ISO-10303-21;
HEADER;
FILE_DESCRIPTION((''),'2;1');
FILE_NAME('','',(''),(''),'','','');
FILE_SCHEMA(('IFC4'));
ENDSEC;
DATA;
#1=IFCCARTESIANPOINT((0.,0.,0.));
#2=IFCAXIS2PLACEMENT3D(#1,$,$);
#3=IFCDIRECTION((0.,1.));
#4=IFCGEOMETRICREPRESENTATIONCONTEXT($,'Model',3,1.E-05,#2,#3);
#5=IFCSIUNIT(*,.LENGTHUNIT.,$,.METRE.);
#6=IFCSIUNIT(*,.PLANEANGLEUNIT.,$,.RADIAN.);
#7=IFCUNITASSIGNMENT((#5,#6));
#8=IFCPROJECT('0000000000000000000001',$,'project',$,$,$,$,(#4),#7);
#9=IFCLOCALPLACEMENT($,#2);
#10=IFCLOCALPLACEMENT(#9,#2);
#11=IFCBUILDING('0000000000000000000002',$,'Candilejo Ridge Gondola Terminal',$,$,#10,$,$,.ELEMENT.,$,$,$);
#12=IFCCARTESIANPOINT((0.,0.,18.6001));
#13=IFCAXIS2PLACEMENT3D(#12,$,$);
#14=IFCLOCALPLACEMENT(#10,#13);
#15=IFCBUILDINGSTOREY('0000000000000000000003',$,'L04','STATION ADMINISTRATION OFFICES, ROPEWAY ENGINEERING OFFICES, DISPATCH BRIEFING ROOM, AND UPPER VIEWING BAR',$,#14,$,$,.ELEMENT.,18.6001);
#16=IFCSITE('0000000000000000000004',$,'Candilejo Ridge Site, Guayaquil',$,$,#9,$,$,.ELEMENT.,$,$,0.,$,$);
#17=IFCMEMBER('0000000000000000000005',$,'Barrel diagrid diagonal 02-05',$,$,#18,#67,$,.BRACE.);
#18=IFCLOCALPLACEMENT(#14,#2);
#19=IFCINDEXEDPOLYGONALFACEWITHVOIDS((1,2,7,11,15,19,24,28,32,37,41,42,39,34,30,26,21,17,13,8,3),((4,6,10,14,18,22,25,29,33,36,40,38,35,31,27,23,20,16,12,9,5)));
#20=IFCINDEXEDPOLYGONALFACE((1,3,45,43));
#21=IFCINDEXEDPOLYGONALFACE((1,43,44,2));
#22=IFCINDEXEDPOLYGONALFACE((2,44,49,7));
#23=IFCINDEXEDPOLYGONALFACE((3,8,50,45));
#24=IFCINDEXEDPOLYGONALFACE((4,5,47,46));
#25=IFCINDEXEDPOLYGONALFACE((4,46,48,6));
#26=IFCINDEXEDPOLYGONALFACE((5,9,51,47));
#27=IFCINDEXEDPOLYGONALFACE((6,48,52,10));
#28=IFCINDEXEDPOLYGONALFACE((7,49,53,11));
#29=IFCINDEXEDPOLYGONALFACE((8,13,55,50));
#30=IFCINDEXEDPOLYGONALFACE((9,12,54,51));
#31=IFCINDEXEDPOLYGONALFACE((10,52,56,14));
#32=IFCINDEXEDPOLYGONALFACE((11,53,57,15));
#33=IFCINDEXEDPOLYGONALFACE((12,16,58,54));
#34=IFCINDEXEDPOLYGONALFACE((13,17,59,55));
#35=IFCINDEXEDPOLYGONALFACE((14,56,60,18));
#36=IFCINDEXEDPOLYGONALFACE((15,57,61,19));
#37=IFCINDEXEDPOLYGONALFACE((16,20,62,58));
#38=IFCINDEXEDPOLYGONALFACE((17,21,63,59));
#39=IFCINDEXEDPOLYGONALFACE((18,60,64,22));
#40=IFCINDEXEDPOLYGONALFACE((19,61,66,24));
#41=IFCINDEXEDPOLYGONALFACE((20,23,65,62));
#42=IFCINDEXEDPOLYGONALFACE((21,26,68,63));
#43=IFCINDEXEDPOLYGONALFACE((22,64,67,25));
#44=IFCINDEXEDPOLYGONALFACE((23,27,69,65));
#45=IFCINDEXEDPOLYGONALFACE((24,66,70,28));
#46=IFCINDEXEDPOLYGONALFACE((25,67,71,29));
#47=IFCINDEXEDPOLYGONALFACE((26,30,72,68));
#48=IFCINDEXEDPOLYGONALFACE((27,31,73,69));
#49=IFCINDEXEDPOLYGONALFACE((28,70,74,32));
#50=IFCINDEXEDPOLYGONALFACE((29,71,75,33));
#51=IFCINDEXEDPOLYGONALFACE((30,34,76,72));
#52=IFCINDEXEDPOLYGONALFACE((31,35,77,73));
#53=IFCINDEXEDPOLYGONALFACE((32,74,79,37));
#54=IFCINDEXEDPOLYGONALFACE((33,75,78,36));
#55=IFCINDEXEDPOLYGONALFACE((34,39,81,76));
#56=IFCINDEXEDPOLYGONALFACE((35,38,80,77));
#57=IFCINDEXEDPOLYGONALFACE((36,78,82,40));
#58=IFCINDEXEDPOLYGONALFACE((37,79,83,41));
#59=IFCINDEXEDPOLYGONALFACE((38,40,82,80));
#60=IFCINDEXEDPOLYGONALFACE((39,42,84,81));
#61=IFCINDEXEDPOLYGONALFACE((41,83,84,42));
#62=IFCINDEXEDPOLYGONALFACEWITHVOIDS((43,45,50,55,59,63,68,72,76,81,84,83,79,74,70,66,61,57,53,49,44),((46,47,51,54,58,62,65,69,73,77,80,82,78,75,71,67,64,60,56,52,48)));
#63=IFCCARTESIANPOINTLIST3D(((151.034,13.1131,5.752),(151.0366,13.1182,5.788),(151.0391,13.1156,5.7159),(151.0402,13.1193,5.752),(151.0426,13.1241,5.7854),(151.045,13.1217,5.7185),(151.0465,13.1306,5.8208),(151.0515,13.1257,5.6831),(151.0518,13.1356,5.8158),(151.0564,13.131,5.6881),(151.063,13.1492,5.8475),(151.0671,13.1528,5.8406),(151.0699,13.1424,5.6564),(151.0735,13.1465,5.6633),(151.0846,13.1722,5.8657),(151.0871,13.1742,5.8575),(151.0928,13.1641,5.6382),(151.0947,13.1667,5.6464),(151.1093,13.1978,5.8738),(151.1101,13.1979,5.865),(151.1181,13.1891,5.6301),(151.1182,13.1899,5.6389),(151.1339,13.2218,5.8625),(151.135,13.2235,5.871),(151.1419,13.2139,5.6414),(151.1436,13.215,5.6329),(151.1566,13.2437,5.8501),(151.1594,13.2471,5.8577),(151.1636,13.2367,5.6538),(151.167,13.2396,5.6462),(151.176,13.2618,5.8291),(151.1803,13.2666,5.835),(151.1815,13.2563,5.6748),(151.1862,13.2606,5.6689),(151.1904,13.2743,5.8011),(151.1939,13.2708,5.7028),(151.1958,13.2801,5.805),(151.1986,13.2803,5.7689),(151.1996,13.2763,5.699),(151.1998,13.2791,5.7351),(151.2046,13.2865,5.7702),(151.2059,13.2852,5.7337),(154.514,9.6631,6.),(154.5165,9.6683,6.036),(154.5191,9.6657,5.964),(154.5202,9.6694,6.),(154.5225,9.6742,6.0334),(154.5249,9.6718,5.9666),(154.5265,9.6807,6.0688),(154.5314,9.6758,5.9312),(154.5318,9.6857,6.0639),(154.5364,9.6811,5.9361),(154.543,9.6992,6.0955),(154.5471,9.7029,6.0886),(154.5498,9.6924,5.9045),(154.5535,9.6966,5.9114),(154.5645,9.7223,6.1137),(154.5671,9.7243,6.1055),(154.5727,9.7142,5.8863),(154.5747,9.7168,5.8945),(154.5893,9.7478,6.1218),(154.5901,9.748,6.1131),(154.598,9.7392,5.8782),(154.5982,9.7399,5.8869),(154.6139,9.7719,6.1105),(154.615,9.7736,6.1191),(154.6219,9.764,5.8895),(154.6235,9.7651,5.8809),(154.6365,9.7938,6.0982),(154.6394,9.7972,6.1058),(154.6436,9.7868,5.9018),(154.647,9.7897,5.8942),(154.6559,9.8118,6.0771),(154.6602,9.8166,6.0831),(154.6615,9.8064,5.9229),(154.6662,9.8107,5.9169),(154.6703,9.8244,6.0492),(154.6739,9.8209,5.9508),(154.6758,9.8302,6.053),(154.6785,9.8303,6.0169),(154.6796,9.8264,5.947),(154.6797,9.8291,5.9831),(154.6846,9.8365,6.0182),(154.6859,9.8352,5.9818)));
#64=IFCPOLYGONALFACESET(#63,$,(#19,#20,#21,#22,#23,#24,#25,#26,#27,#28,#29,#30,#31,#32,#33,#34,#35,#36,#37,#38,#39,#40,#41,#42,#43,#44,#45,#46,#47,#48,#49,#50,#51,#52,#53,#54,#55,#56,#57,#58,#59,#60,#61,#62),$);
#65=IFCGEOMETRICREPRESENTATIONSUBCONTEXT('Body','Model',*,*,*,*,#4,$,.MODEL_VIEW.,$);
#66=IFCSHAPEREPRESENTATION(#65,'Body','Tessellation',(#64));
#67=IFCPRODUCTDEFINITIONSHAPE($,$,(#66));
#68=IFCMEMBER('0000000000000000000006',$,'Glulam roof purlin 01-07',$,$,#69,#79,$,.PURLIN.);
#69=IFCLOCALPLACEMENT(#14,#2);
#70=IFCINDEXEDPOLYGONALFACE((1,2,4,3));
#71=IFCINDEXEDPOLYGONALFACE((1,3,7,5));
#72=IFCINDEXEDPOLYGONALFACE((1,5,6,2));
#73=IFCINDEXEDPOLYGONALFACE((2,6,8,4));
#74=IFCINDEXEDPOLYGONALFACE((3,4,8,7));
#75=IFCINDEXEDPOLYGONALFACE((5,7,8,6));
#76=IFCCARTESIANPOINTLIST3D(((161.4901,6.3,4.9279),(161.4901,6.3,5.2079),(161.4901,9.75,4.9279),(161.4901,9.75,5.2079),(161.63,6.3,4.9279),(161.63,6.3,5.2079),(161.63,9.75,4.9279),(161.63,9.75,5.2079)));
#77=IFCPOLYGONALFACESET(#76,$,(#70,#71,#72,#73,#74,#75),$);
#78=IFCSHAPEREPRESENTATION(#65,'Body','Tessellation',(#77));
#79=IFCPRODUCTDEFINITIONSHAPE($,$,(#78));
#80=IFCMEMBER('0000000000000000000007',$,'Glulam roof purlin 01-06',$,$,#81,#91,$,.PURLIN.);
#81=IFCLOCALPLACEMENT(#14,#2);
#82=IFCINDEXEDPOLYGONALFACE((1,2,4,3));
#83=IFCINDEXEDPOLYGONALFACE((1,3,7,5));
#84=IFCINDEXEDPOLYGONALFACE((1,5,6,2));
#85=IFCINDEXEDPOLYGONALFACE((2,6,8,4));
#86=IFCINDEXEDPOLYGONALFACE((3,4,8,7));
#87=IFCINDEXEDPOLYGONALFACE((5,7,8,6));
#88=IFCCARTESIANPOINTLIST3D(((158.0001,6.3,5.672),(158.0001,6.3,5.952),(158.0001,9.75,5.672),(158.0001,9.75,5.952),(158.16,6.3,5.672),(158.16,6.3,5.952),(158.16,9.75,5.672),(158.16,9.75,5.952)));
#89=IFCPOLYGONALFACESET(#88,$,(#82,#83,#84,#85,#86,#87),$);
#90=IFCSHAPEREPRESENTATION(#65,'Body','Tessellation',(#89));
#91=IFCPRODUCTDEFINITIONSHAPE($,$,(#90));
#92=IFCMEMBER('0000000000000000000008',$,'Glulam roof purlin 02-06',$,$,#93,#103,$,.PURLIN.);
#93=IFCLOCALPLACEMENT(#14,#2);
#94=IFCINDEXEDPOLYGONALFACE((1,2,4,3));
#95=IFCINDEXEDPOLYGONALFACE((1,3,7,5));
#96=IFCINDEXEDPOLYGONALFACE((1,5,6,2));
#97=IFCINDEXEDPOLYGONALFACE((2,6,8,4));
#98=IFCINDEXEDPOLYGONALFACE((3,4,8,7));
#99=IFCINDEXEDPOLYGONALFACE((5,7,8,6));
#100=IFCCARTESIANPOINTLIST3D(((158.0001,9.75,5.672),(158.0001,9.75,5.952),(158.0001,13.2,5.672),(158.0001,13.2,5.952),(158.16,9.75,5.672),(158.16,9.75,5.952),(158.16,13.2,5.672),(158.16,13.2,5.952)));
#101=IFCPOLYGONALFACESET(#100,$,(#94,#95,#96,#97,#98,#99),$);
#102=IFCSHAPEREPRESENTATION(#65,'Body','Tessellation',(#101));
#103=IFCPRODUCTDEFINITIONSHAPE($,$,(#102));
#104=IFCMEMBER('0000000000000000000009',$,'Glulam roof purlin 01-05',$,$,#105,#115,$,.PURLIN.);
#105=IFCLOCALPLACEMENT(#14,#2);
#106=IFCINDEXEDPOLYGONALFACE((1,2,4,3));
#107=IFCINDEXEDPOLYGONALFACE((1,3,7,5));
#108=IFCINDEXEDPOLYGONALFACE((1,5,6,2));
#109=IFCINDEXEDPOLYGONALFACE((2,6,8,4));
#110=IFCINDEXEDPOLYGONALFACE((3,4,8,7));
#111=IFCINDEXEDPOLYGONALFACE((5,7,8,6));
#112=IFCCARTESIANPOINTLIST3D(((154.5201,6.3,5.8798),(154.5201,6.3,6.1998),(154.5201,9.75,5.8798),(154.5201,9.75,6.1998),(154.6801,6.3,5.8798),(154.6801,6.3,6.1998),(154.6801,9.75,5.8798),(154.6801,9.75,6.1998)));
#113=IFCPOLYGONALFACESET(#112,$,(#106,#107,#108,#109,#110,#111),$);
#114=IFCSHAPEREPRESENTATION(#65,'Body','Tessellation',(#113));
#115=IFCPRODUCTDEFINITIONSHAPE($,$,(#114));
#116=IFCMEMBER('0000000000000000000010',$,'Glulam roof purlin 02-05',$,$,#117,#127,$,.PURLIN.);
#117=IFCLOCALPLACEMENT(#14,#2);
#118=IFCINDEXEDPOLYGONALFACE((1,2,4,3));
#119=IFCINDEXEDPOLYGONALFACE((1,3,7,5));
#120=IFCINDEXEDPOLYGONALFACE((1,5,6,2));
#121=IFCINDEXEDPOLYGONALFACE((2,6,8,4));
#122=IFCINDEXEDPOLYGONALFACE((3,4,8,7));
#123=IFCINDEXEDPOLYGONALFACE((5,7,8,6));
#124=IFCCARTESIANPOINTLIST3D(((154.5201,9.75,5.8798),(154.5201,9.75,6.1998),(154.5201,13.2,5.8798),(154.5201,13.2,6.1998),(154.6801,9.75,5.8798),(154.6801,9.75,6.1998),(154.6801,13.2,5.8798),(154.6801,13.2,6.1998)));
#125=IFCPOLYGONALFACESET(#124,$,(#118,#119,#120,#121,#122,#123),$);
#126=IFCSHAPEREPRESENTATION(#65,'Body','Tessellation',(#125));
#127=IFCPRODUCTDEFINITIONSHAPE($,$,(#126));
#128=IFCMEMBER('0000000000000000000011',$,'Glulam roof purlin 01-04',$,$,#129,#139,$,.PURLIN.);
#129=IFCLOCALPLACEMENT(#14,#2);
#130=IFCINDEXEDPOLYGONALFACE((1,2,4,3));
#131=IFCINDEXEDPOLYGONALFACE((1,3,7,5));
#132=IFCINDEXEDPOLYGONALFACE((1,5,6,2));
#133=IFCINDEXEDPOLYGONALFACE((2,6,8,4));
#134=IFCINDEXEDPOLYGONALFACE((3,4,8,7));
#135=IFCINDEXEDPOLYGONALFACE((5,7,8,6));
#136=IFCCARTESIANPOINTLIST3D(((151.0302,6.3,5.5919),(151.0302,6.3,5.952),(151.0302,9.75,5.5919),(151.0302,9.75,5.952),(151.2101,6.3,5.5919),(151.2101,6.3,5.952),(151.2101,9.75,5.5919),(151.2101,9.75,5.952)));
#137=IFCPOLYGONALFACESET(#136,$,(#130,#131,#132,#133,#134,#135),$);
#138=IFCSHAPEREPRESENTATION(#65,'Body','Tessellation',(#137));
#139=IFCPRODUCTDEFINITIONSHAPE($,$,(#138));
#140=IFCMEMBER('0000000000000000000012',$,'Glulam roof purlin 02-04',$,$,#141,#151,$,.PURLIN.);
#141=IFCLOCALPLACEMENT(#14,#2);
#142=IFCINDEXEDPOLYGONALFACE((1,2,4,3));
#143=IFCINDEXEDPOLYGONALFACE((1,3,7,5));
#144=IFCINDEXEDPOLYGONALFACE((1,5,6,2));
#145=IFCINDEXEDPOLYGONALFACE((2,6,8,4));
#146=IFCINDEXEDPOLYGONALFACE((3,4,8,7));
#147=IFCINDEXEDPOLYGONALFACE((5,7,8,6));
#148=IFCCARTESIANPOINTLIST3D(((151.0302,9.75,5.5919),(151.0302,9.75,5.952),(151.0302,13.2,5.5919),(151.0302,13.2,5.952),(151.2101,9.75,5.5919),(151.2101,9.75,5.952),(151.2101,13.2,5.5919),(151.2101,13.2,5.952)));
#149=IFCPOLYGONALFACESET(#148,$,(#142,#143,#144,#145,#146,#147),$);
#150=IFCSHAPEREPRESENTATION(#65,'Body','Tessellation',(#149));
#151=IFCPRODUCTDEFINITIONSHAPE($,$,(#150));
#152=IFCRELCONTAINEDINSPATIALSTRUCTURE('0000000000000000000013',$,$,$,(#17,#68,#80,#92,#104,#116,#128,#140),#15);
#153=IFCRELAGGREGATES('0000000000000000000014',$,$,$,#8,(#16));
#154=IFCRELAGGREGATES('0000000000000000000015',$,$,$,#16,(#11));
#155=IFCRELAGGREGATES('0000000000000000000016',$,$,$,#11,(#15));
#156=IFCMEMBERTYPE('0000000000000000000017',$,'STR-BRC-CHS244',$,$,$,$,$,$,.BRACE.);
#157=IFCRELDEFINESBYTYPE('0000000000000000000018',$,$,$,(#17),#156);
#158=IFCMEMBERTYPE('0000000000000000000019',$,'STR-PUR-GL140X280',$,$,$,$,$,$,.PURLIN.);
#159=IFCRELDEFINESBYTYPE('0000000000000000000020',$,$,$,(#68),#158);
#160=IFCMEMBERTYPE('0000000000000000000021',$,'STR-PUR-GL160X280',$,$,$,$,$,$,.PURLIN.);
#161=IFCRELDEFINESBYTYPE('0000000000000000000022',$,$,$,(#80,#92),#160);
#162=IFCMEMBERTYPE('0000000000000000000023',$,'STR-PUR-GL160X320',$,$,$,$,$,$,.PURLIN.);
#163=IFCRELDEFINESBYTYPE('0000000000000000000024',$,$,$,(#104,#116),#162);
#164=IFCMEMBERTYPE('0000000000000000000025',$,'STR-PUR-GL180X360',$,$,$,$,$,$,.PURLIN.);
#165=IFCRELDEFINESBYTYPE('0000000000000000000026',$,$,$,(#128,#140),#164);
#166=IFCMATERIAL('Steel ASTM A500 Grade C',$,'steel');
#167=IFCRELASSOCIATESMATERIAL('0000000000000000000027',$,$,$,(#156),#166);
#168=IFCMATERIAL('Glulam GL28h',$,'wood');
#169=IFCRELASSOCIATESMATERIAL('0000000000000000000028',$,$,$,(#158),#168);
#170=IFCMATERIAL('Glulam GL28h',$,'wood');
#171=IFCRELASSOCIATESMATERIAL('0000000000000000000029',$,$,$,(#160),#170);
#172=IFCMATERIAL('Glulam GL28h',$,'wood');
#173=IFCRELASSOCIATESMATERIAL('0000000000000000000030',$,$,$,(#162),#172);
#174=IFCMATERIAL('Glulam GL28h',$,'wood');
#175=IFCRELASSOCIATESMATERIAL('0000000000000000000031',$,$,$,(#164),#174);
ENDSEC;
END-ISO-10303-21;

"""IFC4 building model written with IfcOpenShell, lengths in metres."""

from ifc_helpers import new_model, si_unit, direction, frame, origin, origin_2d, place, context, subcontext, project, spatial, rectangle, hollow_circle, extrude, material, material_profile, profile_set, type_object, element, save


model = new_model("IFC4")

# Units and contexts
model_context = context("Model", 3, precision=1e-05, world=origin(), true_north=direction((0.0, 1.0)))
body_context = subcontext(model_context, "Body", "Model", "MODEL_VIEW")
ifc_project = project(units=[si_unit("LENGTHUNIT", "METRE"), si_unit("PLANEANGLEUNIT", "RADIAN")], contexts=[model_context])

# Site, building, storey
site_placement = place(None, origin())
site = spatial("IfcSite", under=ifc_project, at=site_placement, Name="Candilejo Ridge Site, Guayaquil", CompositionType="ELEMENT", RefElevation=0.0)
building_placement = place(site_placement, origin())
building = spatial("IfcBuilding", under=site, at=building_placement, Name="Candilejo Ridge Gondola Terminal", CompositionType="ELEMENT")
storey_placement = place(building_placement, frame((0.0, 0.0, 18.6001)))
storey = spatial("IfcBuildingStorey", under=building, at=storey_placement, Name="L04", Description="STATION ADMINISTRATION OFFICES, ROPEWAY ENGINEERING OFFICES, DISPATCH BRIEFING ROOM, AND UPPER VIEWING BAR", CompositionType="ELEMENT", Elevation=18.6001)

# Members
ifc_material_1 = material(Name="Steel ASTM A500 Grade C", Category="steel")
ifc_material_profile_1 = material_profile(ifc_material_1, hollow_circle(Radius=0.1223, WallThickness=0.0088, at=origin_2d()))
ifc_profile_set_1 = profile_set([ifc_material_profile_1], Name="Steel ASTM A500 Grade C")
member_type_1 = type_object("IfcMemberType", Name="STR-BRC-CHS244", PredefinedType="BRACE", material=ifc_profile_set_1)
for number, where, z_axis, x_axis, name in (
    (1, (154.6001, 9.75, 6.0), (-0.709256, 0.703136, -0.050555), (-0.704036, -0.710164, 0.0), "Barrel diagrid diagonal 02-05"),
):
    element("IfcMember", number, at=place(storey_placement, frame(where, z_axis=z_axis, x_axis=x_axis)), inside=storey, type_object=member_type_1, Name=name, PredefinedType="BRACE", context=body_context, shape_type="SweptSolid", body=[
        extrude(hollow_circle(Radius=0.1223, WallThickness=0.0088, at=origin_2d()), origin(), (0.0, 0.0, 1.0), 4.9065),
    ])
ifc_material_2 = material(Name="Glulam GL28h", Category="wood")
ifc_material_profile_2 = material_profile(ifc_material_2, rectangle(XDim=0.1399, YDim=0.28, at=origin_2d()))
ifc_profile_set_2 = profile_set([ifc_material_profile_2], Name="Glulam GL28h")
member_type_2 = type_object("IfcMemberType", Name="STR-PUR-GL140X280", PredefinedType="PURLIN", material=ifc_profile_set_2)
member_1_placement = place(storey_placement, frame((161.5601, 6.3, 5.0679), z_axis=(0.0, 1.0, 0.0), x_axis=(-1.0, 0.0, 0.0)))
element("IfcMember", 2, at=member_1_placement, inside=storey, type_object=member_type_2, Name="Glulam roof purlin 01-07", PredefinedType="PURLIN", context=body_context, shape_type="SweptSolid", body=[
    extrude(rectangle(XDim=0.1399, YDim=0.28, at=origin_2d()), origin(), (0.0, 0.0, 1.0), 3.45),
])
ifc_material_3 = material(Name="Glulam GL28h", Category="wood")
ifc_material_profile_3 = material_profile(ifc_material_3, rectangle(XDim=0.1599, YDim=0.28, at=origin_2d()))
ifc_profile_set_3 = profile_set([ifc_material_profile_3], Name="Glulam GL28h")
member_type_3 = type_object("IfcMemberType", Name="STR-PUR-GL160X280", PredefinedType="PURLIN", material=ifc_profile_set_3)
for number, where, z_axis, x_axis, name in (
    (3, (158.0801, 6.3, 5.812), (0.0, 1.0, 0.0), (-1.0, 0.0, 0.0), "Glulam roof purlin 01-06"),
    (4, (158.0801, 9.75, 5.812), (0.0, 1.0, 0.0), (-1.0, 0.0, 0.0), "Glulam roof purlin 02-06"),
):
    element("IfcMember", number, at=place(storey_placement, frame(where, z_axis=z_axis, x_axis=x_axis)), inside=storey, type_object=member_type_3, Name=name, PredefinedType="PURLIN", context=body_context, shape_type="SweptSolid", body=[
        extrude(rectangle(XDim=0.1599, YDim=0.28, at=origin_2d()), origin(), (0.0, 0.0, 1.0), 3.45),
    ])
ifc_material_4 = material(Name="Glulam GL28h", Category="wood")
ifc_material_profile_4 = material_profile(ifc_material_4, rectangle(XDim=0.1599, YDim=0.3201, at=origin_2d()))
ifc_profile_set_4 = profile_set([ifc_material_profile_4], Name="Glulam GL28h")
member_type_4 = type_object("IfcMemberType", Name="STR-PUR-GL160X320", PredefinedType="PURLIN", material=ifc_profile_set_4)
for number, where, z_axis, x_axis, name in (
    (5, (154.6001, 6.3, 6.0398), (0.0, 1.0, 0.0), (-1.0, 0.0, 0.0), "Glulam roof purlin 01-05"),
    (6, (154.6001, 9.75, 6.0398), (0.0, 1.0, 0.0), (-1.0, 0.0, 0.0), "Glulam roof purlin 02-05"),
):
    element("IfcMember", number, at=place(storey_placement, frame(where, z_axis=z_axis, x_axis=x_axis)), inside=storey, type_object=member_type_4, Name=name, PredefinedType="PURLIN", context=body_context, shape_type="SweptSolid", body=[
        extrude(rectangle(XDim=0.1599, YDim=0.3201, at=origin_2d()), origin(), (0.0, 0.0, 1.0), 3.45),
    ])
ifc_material_5 = material(Name="Glulam GL28h", Category="wood")
ifc_material_profile_5 = material_profile(ifc_material_5, rectangle(XDim=0.1799, YDim=0.3601, at=origin_2d()))
ifc_profile_set_5 = profile_set([ifc_material_profile_5], Name="Glulam GL28h")
member_type_5 = type_object("IfcMemberType", Name="STR-PUR-GL180X360", PredefinedType="PURLIN", material=ifc_profile_set_5)
for number, where, z_axis, x_axis, name in (
    (7, (151.1201, 6.3, 5.772), (0.0, 1.0, 0.0), (-1.0, 0.0, 0.0), "Glulam roof purlin 01-04"),
    (8, (151.1201, 9.75, 5.772), (0.0, 1.0, 0.0), (-1.0, 0.0, 0.0), "Glulam roof purlin 02-04"),
):
    element("IfcMember", number, at=place(storey_placement, frame(where, z_axis=z_axis, x_axis=x_axis)), inside=storey, type_object=member_type_5, Name=name, PredefinedType="PURLIN", context=body_context, shape_type="SweptSolid", body=[
        extrude(rectangle(XDim=0.1799, YDim=0.3601, at=origin_2d()), origin(), (0.0, 0.0, 1.0), 3.45),
    ])

save(model, "model.ifc")
